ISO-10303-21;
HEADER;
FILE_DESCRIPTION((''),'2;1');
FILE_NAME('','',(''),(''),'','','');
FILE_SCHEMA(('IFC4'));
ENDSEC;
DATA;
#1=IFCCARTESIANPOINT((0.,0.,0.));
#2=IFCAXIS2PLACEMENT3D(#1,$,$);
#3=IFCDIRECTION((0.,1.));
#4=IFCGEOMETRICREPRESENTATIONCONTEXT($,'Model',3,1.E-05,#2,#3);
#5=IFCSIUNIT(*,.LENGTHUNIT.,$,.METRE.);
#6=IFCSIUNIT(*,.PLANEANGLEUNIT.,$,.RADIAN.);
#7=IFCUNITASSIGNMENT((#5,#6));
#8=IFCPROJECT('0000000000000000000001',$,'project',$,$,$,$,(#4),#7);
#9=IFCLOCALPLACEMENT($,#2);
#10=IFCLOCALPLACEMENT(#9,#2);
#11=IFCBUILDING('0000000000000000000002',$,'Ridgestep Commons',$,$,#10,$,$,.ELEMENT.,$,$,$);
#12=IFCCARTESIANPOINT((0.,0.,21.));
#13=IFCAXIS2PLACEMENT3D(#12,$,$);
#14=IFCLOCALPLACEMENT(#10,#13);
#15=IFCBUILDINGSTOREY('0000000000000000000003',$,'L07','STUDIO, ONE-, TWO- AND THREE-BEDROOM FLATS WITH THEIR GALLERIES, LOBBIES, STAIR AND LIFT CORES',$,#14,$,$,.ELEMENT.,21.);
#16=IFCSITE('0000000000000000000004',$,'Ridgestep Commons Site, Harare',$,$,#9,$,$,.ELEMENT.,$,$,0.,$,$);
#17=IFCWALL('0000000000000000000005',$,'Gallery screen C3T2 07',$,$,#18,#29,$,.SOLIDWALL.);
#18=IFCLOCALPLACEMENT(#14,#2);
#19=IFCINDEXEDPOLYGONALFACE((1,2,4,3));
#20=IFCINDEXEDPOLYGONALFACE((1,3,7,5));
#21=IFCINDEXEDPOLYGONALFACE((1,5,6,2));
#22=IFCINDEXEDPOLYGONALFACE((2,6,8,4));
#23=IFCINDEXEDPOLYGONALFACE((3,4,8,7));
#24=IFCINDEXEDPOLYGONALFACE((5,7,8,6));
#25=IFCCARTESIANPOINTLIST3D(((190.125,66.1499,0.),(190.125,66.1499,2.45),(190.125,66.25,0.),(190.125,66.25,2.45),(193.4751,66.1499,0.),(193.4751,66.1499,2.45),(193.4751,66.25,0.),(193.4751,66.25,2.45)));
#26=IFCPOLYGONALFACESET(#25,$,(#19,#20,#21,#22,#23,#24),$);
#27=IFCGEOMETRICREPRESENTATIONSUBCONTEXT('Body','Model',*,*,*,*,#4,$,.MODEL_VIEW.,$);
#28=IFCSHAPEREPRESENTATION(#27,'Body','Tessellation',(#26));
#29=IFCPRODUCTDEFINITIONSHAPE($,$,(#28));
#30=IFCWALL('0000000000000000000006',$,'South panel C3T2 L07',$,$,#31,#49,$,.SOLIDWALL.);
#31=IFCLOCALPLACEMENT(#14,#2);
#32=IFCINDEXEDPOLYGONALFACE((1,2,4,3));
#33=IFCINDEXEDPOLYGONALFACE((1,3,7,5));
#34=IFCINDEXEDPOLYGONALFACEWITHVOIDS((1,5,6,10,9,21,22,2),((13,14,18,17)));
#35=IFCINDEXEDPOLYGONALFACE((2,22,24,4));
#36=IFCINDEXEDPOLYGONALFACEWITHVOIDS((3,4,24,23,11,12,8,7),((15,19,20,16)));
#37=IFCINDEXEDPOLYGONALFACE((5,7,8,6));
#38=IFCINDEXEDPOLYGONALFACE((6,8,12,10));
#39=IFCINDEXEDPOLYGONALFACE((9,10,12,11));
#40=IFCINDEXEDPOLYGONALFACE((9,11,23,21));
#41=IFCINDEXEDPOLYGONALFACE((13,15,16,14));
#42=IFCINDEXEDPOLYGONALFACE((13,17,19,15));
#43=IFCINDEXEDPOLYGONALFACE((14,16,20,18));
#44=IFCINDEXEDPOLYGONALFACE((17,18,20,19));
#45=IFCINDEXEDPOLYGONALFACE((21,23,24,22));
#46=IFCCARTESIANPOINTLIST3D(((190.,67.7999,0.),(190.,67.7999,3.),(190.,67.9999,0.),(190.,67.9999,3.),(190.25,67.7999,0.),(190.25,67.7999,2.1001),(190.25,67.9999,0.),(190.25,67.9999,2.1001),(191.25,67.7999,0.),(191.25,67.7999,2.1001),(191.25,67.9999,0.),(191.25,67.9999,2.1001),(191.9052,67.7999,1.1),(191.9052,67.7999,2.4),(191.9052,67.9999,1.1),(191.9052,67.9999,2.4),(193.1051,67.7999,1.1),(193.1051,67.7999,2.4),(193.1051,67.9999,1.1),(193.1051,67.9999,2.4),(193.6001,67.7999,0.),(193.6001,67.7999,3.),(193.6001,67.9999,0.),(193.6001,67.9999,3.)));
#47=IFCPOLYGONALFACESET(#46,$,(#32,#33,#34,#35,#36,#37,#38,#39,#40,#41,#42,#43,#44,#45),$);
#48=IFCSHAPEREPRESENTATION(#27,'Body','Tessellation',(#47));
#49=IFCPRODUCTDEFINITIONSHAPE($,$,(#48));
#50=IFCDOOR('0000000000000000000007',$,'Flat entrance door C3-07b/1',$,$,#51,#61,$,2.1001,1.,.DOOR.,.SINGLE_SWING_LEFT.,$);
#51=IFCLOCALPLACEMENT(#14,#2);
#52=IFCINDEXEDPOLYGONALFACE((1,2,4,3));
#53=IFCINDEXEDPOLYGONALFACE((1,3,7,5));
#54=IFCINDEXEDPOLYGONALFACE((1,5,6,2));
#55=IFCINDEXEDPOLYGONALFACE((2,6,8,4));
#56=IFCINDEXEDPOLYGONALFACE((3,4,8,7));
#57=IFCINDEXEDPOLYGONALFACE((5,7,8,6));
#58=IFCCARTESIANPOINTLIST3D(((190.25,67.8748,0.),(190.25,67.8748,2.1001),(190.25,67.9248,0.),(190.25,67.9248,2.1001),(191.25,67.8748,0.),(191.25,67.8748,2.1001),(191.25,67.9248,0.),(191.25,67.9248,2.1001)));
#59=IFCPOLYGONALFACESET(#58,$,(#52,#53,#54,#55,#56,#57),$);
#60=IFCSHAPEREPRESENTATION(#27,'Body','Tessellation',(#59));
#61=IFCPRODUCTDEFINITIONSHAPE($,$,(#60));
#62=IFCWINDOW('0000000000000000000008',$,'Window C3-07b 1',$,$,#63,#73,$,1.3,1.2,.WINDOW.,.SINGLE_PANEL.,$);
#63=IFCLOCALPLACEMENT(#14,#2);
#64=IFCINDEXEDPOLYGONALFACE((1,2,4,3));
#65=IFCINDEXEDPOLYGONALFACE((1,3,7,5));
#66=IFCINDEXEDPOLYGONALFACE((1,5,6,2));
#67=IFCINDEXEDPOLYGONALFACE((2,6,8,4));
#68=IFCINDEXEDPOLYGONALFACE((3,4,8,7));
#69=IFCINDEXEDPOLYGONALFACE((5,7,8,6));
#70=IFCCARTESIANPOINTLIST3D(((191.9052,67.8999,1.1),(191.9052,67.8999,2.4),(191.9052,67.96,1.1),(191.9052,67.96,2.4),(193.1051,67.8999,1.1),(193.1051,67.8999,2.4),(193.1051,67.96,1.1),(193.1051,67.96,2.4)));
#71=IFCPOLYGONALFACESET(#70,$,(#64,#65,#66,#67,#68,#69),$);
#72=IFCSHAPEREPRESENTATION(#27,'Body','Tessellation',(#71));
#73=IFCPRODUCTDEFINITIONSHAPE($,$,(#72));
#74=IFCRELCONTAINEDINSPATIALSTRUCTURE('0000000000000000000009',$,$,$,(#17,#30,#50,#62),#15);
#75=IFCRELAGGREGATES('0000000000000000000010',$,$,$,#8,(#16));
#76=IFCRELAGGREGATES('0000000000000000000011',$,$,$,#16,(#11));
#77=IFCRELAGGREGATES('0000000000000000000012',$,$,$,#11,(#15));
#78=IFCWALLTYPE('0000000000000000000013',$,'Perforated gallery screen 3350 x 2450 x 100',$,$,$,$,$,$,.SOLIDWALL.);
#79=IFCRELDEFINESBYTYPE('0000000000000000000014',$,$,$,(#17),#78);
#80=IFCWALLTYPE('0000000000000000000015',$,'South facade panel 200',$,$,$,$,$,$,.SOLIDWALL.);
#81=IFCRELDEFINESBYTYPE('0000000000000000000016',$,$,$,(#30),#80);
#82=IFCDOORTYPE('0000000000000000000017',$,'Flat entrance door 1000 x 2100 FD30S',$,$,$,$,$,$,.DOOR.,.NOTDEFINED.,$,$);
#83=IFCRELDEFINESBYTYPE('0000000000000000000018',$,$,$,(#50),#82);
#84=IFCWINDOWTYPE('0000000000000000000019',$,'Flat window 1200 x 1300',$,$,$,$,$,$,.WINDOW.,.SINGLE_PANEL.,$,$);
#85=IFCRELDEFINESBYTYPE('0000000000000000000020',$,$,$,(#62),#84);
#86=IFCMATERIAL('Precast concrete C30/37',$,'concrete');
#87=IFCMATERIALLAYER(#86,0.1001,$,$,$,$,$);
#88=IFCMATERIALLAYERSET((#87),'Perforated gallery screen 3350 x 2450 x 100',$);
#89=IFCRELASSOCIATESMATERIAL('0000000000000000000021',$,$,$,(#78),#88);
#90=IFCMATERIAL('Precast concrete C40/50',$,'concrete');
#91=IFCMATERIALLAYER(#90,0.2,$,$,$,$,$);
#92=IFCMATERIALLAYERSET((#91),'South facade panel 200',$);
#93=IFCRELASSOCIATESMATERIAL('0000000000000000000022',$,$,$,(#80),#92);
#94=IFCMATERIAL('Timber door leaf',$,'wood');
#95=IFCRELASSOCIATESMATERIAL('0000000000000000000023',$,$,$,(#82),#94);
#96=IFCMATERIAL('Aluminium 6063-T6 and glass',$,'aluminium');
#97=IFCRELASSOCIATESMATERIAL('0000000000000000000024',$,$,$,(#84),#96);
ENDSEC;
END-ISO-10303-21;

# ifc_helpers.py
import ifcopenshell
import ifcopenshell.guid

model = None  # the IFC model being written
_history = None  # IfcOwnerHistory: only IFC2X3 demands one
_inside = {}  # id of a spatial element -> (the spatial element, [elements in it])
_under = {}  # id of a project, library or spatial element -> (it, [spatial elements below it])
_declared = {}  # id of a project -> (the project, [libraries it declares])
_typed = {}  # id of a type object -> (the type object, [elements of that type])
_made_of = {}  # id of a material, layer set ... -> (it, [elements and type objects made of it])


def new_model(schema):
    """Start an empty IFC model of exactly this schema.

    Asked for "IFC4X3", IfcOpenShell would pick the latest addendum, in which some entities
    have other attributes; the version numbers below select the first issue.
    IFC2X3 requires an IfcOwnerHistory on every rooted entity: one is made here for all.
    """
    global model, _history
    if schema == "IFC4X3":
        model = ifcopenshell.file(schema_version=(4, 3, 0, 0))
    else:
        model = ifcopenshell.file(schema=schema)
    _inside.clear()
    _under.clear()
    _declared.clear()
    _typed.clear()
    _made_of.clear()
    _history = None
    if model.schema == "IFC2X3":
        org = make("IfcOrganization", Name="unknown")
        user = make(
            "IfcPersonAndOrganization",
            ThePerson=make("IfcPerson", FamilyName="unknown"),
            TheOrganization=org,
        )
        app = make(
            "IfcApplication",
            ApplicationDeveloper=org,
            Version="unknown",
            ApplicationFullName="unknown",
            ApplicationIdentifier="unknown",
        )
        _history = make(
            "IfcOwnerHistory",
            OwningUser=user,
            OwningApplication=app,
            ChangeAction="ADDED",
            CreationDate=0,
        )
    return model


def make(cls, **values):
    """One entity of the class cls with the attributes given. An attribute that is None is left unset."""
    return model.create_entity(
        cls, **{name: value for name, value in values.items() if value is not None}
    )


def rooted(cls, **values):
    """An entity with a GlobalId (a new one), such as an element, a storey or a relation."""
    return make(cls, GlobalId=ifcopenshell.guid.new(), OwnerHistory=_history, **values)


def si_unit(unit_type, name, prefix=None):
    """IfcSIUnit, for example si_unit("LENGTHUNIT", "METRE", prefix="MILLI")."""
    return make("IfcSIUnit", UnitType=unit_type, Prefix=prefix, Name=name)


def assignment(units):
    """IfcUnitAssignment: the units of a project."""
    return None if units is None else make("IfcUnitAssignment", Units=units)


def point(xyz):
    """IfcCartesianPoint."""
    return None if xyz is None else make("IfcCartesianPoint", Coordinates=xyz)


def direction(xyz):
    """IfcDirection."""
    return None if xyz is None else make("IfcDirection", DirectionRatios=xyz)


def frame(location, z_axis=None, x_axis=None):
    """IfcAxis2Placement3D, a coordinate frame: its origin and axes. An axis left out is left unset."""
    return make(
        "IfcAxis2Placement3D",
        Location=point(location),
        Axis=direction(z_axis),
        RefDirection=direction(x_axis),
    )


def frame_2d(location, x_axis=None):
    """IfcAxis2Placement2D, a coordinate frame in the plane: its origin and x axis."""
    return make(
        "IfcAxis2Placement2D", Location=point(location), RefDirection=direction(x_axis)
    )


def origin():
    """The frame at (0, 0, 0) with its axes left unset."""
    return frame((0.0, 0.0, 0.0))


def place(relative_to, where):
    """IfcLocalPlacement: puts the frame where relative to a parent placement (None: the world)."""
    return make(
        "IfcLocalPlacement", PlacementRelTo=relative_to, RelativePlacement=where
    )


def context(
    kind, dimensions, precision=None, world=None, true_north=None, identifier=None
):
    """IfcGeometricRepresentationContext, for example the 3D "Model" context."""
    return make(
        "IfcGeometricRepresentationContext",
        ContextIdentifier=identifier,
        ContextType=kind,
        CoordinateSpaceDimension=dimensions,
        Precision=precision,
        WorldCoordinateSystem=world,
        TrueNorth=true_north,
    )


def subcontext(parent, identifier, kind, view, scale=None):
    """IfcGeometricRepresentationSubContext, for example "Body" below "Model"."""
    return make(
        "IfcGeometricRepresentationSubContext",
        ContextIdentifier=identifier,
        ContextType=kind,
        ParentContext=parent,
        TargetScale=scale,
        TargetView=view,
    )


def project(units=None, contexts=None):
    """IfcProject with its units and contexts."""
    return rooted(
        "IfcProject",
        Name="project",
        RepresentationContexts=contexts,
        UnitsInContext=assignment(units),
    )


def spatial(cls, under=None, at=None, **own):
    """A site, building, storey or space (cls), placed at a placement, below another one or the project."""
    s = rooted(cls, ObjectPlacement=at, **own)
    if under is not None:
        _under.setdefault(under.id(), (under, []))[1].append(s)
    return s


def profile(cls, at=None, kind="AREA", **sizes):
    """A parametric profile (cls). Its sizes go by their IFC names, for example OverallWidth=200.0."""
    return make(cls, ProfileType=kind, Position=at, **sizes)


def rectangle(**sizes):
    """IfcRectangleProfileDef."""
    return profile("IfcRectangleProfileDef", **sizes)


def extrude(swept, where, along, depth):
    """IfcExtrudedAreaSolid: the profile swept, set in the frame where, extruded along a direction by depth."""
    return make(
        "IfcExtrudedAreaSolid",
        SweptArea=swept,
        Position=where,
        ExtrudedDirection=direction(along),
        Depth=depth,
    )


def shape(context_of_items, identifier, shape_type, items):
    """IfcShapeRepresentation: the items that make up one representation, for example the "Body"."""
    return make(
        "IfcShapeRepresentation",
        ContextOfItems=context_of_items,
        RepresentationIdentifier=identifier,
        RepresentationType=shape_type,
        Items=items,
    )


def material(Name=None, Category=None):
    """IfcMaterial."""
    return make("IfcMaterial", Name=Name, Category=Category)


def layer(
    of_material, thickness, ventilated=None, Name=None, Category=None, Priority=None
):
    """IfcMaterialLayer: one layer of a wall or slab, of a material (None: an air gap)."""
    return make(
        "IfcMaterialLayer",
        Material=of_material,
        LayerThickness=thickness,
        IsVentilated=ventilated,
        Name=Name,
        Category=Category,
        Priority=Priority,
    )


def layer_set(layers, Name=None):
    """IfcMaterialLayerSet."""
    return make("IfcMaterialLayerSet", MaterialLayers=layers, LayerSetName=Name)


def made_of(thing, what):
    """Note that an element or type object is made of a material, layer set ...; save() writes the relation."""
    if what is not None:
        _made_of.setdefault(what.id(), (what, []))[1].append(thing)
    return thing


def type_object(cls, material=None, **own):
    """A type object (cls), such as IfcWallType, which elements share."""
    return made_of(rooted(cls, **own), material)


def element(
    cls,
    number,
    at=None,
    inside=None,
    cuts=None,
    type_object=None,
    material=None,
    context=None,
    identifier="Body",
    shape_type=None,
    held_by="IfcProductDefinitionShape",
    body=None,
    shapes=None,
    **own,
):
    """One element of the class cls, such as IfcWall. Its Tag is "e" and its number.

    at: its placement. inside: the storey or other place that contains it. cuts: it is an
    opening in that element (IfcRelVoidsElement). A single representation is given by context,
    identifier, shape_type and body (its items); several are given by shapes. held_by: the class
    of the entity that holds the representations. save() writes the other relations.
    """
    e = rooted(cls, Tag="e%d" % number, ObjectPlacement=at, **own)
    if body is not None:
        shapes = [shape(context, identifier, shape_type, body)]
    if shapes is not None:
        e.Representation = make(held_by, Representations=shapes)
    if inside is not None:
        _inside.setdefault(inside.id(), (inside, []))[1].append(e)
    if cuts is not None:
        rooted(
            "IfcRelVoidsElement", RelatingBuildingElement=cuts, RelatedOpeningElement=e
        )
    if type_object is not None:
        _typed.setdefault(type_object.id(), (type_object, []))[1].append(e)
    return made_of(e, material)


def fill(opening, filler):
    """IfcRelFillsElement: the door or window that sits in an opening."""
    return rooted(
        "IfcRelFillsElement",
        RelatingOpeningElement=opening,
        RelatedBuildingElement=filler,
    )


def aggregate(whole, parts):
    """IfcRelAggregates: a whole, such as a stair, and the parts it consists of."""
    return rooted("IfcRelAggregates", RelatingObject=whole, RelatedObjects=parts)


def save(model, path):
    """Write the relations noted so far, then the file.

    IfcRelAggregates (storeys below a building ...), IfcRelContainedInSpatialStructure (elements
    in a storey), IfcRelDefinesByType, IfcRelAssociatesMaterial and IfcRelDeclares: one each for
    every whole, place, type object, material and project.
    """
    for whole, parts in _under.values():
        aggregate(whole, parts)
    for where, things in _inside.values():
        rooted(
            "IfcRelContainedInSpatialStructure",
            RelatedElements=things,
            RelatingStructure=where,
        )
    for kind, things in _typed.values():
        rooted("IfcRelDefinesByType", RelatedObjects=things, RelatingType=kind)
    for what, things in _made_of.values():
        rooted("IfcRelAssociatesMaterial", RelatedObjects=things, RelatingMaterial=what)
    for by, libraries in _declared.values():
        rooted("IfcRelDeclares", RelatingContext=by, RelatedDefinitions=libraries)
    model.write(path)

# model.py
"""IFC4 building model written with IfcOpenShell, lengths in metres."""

from ifc_helpers import new_model, si_unit, direction, frame, frame_2d, origin, place, context, subcontext, project, spatial, rectangle, extrude, material, layer, layer_set, type_object, element, fill, save


model = new_model("IFC4")

# Units and contexts
model_context = context("Model", 3, precision=1e-05, world=origin(), true_north=direction((0.0, 1.0)))
body_context = subcontext(model_context, "Body", "Model", "MODEL_VIEW")
ifc_project = project(units=[si_unit("LENGTHUNIT", "METRE"), si_unit("PLANEANGLEUNIT", "RADIAN")], contexts=[model_context])

# Site, building, storey
site_placement = place(None, origin())
site = spatial("IfcSite", under=ifc_project, at=site_placement, Name="Ridgestep Commons Site, Harare", CompositionType="ELEMENT", RefElevation=0.0)
building_placement = place(site_placement, origin())
building = spatial("IfcBuilding", under=site, at=building_placement, Name="Ridgestep Commons", CompositionType="ELEMENT")
storey_placement = place(building_placement, frame((0.0, 0.0, 21.0)))
storey = spatial("IfcBuildingStorey", under=building, at=storey_placement, Name="L07", Description="STUDIO, ONE-, TWO- AND THREE-BEDROOM FLATS WITH THEIR GALLERIES, LOBBIES, STAIR AND LIFT CORES", CompositionType="ELEMENT", Elevation=21.0)

# Wall
ifc_material_1 = material(Name="Precast concrete C30/37", Category="concrete")
ifc_layer_1 = layer(ifc_material_1, 0.1001)
ifc_layer_set_1 = layer_set([ifc_layer_1], Name="Perforated gallery screen 3350 x 2450 x 100")
wall_type_1 = type_object("IfcWallType", Name="Perforated gallery screen 3350 x 2450 x 100", PredefinedType="SOLIDWALL", material=ifc_layer_set_1)
wall_1_placement = place(storey_placement, frame((190.125, 66.2, 0.0), z_axis=(0.0, 0.0, 1.0), x_axis=(1.0, 0.0, 0.0)))
element("IfcWall", 1, at=wall_1_placement, inside=storey, type_object=wall_type_1, Name="Gallery screen C3T2 07", PredefinedType="SOLIDWALL", context=body_context, shape_type="SweptSolid", body=[
    extrude(rectangle(XDim=3.3501, YDim=0.1001, at=frame_2d((1.675, 0.0))), origin(), (0.0, 0.0, 1.0), 2.45),
])

# Wall, openings, door, window
ifc_material_2 = material(Name="Precast concrete C40/50", Category="concrete")
ifc_layer_2 = layer(ifc_material_2, 0.2)
ifc_layer_set_2 = layer_set([ifc_layer_2], Name="South facade panel 200")
wall_type_2 = type_object("IfcWallType", Name="South facade panel 200", PredefinedType="SOLIDWALL", material=ifc_layer_set_2)
wall_2_placement = place(storey_placement, frame((190.0, 67.8999, 0.0), z_axis=(0.0, 0.0, 1.0), x_axis=(1.0, 0.0, 0.0)))
wall_2 = element("IfcWall", 2, at=wall_2_placement, inside=storey, type_object=wall_type_2, Name="South panel C3T2 L07", PredefinedType="SOLIDWALL", context=body_context, shape_type="SweptSolid", body=[
    extrude(rectangle(XDim=3.6001, YDim=0.2, at=frame_2d((1.8, 0.0))), origin(), (0.0, 0.0, 1.0), 3.0),
])
opening_1_placement = place(wall_2_placement, frame((1.905, 0.0, 1.1001)))
opening_1 = element("IfcOpeningElement", 3, at=opening_1_placement, cuts=wall_2, PredefinedType="OPENING", context=body_context, shape_type="SweptSolid", body=[
    extrude(rectangle(XDim=1.2, YDim=1.3, at=frame_2d((0.6001, 0.6499))), frame((0.0, 0.1099, 0.0), z_axis=(0.0, -1.0, 0.0), x_axis=(1.0, 0.0, 0.0)), (0.0, 0.0, 1.0), 0.22),
])
opening_2_placement = place(wall_2_placement, frame((0.25, 0.0, 0.0)))
opening_2 = element("IfcOpeningElement", 4, at=opening_2_placement, cuts=wall_2, PredefinedType="OPENING", context=body_context, shape_type="SweptSolid", body=[
    extrude(rectangle(XDim=1.0, YDim=2.1001, at=frame_2d((0.5, 1.05))), frame((0.0, 0.1099, 0.0), z_axis=(0.0, -1.0, 0.0), x_axis=(1.0, 0.0, 0.0)), (0.0, 0.0, 1.0), 0.22),
])
ifc_material_3 = material(Name="Timber door leaf", Category="wood")
door_type_1 = type_object("IfcDoorType", Name="Flat entrance door 1000 x 2100 FD30S", OperationType="NOTDEFINED", PredefinedType="DOOR", material=ifc_material_3)
door_1_placement = place(opening_2_placement, origin())
door_1 = element("IfcDoor", 5, at=door_1_placement, inside=storey, type_object=door_type_1, Name="Flat entrance door C3-07b/1", OperationType="SINGLE_SWING_LEFT", OverallHeight=2.1001, OverallWidth=1.0, PredefinedType="DOOR", context=body_context, shape_type="SweptSolid", body=[
    extrude(rectangle(XDim=1.0, YDim=2.1001, at=frame_2d((0.5, 1.05))), frame((0.0, 0.0249, 0.0), z_axis=(0.0, -1.0, 0.0), x_axis=(1.0, 0.0, 0.0)), (0.0, 0.0, 1.0), 0.05),
])
fill(opening_2, door_1)
ifc_material_4 = material(Name="Aluminium 6063-T6 and glass", Category="aluminium")
window_type = type_object("IfcWindowType", Name="Flat window 1200 x 1300", PartitioningType="SINGLE_PANEL", PredefinedType="WINDOW", material=ifc_material_4)
window_placement = place(opening_1_placement, origin())
window = element("IfcWindow", 6, at=window_placement, inside=storey, type_object=window_type, Name="Window C3-07b 1", OverallHeight=1.3, OverallWidth=1.2, PartitioningType="SINGLE_PANEL", PredefinedType="WINDOW", context=body_context, shape_type="SweptSolid", body=[
    extrude(rectangle(XDim=1.2, YDim=1.3, at=frame_2d((0.6001, 0.6499))), frame((0.0, 0.0601, 0.0), z_axis=(0.0, -1.0, 0.0), x_axis=(1.0, 0.0, 0.0)), (0.0, 0.0, 1.0), 0.0601),
])
fill(opening_1, window)

save(model, "model.ifc")
